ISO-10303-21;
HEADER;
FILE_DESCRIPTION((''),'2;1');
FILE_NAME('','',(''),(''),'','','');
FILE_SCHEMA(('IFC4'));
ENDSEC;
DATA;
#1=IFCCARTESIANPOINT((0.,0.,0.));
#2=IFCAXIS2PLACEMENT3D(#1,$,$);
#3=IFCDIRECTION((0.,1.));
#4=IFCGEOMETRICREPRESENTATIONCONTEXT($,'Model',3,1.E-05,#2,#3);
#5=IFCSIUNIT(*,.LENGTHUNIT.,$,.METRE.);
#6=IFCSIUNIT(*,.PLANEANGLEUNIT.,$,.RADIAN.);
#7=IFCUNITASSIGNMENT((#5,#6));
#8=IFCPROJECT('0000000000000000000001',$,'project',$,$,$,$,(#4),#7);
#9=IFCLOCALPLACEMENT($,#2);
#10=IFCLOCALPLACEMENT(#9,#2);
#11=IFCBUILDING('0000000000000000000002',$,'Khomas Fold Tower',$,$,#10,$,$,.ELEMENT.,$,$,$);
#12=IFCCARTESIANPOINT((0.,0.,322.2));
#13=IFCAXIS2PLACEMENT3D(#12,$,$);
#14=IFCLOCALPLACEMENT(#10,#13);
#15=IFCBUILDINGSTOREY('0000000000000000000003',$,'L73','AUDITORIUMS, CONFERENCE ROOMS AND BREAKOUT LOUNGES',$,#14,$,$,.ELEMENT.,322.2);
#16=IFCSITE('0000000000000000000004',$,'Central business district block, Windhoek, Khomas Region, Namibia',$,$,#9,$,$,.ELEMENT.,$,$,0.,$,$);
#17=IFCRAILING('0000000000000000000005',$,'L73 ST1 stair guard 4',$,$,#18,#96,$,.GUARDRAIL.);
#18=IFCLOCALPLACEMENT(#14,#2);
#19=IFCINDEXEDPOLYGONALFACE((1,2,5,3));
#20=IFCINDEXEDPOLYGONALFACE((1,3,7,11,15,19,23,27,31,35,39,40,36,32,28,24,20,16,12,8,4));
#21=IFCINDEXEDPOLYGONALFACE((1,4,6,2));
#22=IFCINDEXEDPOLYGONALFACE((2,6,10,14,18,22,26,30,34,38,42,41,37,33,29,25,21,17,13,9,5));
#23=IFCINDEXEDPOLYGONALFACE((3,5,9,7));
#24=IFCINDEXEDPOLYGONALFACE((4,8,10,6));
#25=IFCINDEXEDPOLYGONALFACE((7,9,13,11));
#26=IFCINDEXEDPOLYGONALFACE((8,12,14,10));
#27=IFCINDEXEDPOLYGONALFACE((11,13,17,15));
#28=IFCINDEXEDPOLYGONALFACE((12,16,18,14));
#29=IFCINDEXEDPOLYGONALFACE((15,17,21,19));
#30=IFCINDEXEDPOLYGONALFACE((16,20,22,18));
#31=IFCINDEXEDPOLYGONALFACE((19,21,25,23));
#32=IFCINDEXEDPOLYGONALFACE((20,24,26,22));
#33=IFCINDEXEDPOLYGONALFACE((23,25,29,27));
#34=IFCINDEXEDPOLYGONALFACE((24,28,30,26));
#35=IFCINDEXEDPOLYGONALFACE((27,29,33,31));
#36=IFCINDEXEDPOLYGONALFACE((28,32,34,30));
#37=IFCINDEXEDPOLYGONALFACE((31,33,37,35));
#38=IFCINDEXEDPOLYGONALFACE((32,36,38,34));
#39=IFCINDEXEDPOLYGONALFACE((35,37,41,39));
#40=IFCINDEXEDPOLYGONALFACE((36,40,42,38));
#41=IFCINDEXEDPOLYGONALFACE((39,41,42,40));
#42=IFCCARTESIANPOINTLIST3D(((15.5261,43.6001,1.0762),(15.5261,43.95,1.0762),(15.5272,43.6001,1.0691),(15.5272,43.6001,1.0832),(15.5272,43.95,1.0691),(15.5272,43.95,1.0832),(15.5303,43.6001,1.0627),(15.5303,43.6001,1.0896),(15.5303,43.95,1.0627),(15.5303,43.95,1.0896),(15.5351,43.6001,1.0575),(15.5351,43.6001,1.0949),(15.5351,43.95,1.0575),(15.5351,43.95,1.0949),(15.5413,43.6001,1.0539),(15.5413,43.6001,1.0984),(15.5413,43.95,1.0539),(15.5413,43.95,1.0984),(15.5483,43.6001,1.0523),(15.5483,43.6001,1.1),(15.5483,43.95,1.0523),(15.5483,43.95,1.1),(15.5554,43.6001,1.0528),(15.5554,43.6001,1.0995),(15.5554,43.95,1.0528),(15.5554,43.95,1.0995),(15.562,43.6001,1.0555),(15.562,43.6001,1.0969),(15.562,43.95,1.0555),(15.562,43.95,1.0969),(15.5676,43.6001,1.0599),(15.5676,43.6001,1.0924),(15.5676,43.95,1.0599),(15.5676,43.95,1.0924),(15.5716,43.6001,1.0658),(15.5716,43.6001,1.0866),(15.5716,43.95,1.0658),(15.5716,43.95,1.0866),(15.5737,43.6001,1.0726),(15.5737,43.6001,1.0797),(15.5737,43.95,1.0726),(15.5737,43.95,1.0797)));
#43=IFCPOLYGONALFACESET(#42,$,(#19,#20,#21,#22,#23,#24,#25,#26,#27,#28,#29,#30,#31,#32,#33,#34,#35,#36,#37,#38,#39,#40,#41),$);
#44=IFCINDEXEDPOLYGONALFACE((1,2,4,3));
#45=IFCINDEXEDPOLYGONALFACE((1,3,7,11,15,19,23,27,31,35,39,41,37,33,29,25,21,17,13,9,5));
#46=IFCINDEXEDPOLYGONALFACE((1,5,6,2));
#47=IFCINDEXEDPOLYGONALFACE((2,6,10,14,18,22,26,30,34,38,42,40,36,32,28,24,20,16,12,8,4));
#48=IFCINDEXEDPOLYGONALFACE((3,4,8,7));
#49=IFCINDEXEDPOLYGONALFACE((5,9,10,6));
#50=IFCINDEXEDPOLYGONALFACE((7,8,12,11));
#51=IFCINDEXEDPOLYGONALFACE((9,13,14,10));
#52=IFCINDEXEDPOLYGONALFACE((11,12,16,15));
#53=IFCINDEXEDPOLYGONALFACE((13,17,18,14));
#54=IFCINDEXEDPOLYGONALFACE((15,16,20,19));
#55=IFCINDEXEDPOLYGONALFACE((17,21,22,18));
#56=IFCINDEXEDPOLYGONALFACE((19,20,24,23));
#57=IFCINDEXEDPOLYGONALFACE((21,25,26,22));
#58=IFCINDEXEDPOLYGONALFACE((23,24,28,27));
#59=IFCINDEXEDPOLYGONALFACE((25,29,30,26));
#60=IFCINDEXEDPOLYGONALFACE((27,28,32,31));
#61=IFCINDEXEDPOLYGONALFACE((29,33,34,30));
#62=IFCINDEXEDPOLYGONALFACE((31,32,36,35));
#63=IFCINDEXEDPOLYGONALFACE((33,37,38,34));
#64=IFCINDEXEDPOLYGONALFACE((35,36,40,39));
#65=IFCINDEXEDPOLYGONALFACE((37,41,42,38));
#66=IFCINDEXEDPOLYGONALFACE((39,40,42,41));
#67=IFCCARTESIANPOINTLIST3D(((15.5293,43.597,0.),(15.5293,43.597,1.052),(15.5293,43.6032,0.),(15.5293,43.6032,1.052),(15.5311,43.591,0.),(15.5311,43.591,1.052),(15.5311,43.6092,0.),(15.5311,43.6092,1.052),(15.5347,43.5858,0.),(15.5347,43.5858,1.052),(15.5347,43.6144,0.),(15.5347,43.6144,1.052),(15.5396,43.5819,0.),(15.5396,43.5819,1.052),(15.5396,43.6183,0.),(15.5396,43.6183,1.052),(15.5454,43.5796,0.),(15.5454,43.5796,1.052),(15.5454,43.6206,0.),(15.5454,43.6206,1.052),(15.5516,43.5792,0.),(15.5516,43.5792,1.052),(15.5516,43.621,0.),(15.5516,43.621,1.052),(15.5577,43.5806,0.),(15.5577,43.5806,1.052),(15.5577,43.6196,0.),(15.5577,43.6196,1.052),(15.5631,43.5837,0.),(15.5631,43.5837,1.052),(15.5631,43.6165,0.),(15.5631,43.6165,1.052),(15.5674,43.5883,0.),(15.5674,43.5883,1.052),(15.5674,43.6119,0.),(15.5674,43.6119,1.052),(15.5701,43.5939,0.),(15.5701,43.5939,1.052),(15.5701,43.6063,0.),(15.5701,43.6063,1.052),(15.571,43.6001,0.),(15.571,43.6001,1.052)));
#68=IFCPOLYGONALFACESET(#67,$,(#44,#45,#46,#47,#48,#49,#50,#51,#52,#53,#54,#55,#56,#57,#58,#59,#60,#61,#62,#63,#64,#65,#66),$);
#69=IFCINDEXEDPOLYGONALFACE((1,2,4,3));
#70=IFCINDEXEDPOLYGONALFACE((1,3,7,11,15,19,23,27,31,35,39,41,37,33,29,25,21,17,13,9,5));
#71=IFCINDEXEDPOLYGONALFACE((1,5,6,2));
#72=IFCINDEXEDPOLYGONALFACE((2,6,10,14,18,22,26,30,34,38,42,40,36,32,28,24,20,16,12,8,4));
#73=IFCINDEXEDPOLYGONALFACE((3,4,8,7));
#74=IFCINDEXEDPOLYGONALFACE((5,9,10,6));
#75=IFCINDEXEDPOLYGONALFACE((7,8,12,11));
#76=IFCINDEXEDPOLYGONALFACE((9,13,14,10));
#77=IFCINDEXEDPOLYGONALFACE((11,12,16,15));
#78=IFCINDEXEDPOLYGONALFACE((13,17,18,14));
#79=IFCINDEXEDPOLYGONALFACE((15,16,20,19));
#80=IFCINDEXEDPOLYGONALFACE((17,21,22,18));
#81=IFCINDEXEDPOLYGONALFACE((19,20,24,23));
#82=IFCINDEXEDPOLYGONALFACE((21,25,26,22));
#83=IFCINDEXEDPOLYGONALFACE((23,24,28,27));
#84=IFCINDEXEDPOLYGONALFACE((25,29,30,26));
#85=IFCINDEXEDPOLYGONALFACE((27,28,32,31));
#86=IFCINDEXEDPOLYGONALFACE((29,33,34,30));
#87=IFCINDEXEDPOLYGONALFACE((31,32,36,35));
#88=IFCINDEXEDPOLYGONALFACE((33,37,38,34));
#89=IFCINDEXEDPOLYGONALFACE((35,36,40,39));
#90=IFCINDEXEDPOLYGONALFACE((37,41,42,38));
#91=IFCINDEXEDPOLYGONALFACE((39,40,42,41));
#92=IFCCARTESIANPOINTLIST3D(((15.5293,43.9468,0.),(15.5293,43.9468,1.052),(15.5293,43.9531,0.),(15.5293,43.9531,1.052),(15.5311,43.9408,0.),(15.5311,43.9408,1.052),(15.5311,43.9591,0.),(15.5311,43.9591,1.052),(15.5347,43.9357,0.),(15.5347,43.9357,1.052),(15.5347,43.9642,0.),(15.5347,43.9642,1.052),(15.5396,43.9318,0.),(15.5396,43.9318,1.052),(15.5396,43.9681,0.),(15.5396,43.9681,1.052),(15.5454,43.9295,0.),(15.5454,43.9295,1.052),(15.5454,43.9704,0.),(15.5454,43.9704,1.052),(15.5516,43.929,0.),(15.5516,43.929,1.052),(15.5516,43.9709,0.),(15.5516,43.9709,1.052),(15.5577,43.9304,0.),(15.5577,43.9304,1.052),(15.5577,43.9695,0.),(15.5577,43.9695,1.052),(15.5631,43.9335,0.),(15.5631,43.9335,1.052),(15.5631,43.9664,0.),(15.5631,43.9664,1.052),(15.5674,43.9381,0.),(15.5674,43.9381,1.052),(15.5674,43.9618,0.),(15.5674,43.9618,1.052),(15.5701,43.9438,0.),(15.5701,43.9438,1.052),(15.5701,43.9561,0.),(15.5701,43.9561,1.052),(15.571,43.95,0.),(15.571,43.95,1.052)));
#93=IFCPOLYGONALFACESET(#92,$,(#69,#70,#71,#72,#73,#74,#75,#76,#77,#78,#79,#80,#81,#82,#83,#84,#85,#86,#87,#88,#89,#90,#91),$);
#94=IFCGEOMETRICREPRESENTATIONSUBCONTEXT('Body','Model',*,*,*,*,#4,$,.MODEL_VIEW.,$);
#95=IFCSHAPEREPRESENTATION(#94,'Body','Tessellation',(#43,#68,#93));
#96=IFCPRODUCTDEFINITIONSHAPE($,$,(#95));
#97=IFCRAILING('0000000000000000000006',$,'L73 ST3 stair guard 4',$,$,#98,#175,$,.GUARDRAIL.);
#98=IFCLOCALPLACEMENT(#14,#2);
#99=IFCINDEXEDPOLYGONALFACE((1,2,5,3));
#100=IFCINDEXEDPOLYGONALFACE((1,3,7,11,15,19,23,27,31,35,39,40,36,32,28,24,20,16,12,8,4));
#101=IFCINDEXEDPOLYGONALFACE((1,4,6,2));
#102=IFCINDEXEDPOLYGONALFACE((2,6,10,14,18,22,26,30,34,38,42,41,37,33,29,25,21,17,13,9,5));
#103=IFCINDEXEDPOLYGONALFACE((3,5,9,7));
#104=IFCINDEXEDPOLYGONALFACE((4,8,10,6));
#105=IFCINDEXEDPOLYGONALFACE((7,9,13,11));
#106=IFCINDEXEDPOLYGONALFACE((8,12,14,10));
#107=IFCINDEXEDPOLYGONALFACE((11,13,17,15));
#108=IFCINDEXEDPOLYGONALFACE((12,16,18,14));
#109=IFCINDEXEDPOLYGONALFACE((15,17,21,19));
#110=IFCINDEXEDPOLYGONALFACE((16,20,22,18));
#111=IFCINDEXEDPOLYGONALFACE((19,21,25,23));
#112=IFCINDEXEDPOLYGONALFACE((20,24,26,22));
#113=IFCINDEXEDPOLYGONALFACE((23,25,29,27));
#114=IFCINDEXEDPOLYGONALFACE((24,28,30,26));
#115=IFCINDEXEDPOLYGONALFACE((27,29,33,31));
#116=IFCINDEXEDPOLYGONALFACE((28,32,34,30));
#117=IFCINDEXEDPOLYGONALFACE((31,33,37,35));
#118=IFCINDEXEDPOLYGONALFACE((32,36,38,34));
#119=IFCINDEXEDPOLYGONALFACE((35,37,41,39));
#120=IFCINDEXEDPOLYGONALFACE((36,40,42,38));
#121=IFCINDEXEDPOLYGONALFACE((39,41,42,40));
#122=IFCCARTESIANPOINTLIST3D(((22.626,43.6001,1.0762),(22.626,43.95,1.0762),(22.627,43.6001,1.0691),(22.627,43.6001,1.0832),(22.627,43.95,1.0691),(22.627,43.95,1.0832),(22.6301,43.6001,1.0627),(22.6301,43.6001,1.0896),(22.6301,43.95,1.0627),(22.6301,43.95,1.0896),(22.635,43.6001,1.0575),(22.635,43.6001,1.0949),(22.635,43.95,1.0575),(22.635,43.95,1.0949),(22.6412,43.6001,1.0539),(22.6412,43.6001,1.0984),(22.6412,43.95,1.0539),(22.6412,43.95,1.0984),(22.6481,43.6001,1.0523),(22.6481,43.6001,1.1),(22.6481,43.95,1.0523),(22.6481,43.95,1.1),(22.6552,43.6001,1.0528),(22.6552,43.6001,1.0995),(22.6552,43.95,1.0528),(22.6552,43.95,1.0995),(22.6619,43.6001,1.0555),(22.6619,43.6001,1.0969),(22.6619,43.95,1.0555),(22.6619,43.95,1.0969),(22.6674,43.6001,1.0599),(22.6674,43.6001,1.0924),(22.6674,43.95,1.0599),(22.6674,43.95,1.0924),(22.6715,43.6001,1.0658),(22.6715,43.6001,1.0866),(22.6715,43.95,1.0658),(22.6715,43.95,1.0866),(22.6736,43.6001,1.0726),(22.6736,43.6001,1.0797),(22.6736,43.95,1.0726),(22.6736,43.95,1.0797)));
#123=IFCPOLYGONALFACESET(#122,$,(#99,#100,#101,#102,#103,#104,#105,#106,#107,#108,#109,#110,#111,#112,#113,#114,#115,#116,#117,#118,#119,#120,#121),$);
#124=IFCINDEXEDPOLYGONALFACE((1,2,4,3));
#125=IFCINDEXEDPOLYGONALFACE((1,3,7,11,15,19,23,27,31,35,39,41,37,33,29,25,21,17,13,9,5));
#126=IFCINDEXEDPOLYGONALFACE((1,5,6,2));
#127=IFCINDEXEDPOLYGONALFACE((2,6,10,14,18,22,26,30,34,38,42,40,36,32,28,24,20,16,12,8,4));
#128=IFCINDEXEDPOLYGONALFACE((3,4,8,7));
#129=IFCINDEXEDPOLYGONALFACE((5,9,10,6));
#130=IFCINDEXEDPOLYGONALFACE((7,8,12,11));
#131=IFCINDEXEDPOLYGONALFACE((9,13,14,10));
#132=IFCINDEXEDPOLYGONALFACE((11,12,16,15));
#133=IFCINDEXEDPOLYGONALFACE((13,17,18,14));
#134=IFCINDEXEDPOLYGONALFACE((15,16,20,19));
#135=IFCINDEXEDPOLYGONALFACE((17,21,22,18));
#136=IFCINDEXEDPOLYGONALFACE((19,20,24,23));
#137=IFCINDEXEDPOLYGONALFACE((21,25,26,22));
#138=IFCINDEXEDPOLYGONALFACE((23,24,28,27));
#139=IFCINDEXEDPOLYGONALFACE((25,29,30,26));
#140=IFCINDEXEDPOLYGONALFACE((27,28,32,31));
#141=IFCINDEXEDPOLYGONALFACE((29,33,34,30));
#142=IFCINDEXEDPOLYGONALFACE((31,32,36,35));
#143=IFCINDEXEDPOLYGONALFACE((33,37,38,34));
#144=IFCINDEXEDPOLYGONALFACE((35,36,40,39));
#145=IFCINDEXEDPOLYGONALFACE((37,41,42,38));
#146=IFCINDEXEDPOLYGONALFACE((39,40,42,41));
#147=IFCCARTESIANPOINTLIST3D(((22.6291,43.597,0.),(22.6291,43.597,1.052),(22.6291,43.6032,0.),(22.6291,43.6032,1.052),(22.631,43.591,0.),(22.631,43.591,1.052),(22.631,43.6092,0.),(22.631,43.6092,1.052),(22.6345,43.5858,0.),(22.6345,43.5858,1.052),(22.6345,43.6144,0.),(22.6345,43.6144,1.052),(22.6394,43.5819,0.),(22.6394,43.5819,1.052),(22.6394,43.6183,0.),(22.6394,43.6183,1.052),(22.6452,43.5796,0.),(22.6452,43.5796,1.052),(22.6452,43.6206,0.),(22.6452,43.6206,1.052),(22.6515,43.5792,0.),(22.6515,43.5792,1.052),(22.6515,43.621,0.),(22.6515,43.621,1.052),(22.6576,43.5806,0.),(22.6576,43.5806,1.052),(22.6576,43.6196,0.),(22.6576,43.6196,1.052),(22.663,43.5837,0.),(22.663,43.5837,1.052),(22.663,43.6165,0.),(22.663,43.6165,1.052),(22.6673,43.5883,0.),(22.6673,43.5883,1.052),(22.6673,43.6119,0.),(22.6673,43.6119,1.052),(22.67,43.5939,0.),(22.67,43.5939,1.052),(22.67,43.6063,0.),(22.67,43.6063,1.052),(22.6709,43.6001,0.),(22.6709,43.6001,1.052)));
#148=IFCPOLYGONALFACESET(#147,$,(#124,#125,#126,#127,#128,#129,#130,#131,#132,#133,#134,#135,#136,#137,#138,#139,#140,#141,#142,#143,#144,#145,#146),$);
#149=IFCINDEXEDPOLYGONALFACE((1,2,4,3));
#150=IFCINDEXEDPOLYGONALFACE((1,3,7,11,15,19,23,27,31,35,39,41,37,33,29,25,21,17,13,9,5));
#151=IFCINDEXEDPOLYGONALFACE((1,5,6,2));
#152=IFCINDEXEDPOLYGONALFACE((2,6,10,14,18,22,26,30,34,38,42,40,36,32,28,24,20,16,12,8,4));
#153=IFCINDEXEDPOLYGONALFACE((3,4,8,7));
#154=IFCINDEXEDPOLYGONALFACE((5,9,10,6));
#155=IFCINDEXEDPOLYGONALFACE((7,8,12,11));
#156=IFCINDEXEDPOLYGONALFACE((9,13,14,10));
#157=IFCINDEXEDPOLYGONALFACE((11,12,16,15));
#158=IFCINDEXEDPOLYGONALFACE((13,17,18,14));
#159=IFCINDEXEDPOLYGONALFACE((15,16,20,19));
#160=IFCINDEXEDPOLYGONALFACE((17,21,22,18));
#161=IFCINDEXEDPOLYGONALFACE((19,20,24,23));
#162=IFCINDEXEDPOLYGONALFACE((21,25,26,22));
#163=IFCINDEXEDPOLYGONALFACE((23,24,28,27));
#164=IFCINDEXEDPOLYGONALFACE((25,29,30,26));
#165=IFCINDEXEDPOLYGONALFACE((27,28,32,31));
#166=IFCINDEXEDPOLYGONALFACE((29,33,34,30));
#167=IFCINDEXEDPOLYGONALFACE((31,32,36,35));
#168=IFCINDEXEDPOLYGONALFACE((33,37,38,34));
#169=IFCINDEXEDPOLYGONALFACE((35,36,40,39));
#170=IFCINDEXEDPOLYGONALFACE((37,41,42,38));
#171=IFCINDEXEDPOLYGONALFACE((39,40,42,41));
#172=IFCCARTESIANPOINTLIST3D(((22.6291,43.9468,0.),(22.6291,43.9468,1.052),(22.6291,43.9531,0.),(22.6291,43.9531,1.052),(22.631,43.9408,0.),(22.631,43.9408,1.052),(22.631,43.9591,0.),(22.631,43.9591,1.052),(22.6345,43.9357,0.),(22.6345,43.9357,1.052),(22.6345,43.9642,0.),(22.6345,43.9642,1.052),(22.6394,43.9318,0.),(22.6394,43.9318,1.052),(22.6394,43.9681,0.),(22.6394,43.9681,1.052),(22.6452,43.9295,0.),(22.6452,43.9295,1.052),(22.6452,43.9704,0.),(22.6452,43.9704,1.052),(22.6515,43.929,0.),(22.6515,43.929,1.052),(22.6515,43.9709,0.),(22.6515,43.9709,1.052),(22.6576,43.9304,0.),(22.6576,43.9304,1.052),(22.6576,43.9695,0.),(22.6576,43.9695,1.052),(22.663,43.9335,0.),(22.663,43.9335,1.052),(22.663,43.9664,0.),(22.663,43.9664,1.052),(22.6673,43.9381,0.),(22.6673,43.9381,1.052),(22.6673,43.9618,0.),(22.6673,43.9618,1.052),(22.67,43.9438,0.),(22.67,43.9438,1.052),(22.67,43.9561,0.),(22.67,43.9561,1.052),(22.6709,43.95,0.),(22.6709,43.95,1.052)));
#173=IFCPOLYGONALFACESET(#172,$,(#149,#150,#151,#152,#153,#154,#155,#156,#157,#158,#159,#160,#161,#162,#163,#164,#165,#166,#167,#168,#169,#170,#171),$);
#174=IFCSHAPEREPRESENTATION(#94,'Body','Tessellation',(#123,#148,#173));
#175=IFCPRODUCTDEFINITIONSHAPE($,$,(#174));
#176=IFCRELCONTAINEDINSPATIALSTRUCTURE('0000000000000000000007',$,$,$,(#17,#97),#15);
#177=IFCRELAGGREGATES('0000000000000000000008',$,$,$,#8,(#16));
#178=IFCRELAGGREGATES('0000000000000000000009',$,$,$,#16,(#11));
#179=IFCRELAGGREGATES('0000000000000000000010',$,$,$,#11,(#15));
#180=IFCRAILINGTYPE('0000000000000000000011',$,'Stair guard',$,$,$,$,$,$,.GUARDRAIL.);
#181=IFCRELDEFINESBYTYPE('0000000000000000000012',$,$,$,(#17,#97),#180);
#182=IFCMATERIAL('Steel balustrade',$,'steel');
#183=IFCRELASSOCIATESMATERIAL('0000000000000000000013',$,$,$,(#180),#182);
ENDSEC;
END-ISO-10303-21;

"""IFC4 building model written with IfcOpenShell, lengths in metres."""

from ifc_helpers import new_model, si_unit, direction, frame, origin, origin_2d, place, context, subcontext, project, spatial, circle, extrude, source, transform, mapped, material, type_object, element, save


model = new_model("IFC4")

# Units and contexts
model_context = context("Model", 3, precision=1e-05, world=origin(), true_north=direction((0.0, 1.0)))
body_context = subcontext(model_context, "Body", "Model", "MODEL_VIEW")
ifc_project = project(units=[si_unit("LENGTHUNIT", "METRE"), si_unit("PLANEANGLEUNIT", "RADIAN")], contexts=[model_context])

# Site, building, storey
site_placement = place(None, origin())
site = spatial("IfcSite", under=ifc_project, at=site_placement, Name="Central business district block, Windhoek, Khomas Region, Namibia", CompositionType="ELEMENT", RefElevation=0.0)
building_placement = place(site_placement, origin())
building = spatial("IfcBuilding", under=site, at=building_placement, Name="Khomas Fold Tower", CompositionType="ELEMENT")
storey_placement = place(building_placement, frame((0.0, 0.0, 322.2)))
storey = spatial("IfcBuildingStorey", under=building, at=storey_placement, Name="L73", Description="AUDITORIUMS, CONFERENCE ROOMS AND BREAKOUT LOUNGES", CompositionType="ELEMENT", Elevation=322.2)

# Railings
ifc_material_1 = material(Name="Steel balustrade", Category="steel")
railing_type_1 = type_object("IfcRailingType", Name="Stair guard", PredefinedType="GUARDRAIL", material=ifc_material_1)
shared_shape_1 = source(origin(), body_context, "Body", "SweptSolid", [
    extrude(circle(Radius=0.0239, at=origin_2d()), frame((0.0, 0.0, 1.0762), z_axis=(0.0, 1.0, 0.0), x_axis=(-1.0, 0.0, 0.0)), (0.0, 0.0, 1.0), 0.3499),
    extrude(circle(Radius=0.021, at=origin_2d()), origin(), (0.0, 0.0, 1.0), 1.052),
    extrude(circle(Radius=0.021, at=origin_2d()), frame((0.0, 0.3499, 0.0)), (0.0, 0.0, 1.0), 1.052),
])
for number, where, name in (
    (1, (15.55, 43.6001, 0.0), "L73 ST1 stair guard 4"),
    (2, (22.6499, 43.6001, 0.0), "L73 ST3 stair guard 4"),
):
    element("IfcRailing", number, at=place(storey_placement, frame(where)), inside=storey, type_object=railing_type_1, Name=name, PredefinedType="GUARDRAIL", context=body_context, shape_type="MappedRepresentation", body=[
        mapped(shared_shape_1, transform((0.0, 0.0, 0.0))),
    ])

save(model, "model.ifc")
